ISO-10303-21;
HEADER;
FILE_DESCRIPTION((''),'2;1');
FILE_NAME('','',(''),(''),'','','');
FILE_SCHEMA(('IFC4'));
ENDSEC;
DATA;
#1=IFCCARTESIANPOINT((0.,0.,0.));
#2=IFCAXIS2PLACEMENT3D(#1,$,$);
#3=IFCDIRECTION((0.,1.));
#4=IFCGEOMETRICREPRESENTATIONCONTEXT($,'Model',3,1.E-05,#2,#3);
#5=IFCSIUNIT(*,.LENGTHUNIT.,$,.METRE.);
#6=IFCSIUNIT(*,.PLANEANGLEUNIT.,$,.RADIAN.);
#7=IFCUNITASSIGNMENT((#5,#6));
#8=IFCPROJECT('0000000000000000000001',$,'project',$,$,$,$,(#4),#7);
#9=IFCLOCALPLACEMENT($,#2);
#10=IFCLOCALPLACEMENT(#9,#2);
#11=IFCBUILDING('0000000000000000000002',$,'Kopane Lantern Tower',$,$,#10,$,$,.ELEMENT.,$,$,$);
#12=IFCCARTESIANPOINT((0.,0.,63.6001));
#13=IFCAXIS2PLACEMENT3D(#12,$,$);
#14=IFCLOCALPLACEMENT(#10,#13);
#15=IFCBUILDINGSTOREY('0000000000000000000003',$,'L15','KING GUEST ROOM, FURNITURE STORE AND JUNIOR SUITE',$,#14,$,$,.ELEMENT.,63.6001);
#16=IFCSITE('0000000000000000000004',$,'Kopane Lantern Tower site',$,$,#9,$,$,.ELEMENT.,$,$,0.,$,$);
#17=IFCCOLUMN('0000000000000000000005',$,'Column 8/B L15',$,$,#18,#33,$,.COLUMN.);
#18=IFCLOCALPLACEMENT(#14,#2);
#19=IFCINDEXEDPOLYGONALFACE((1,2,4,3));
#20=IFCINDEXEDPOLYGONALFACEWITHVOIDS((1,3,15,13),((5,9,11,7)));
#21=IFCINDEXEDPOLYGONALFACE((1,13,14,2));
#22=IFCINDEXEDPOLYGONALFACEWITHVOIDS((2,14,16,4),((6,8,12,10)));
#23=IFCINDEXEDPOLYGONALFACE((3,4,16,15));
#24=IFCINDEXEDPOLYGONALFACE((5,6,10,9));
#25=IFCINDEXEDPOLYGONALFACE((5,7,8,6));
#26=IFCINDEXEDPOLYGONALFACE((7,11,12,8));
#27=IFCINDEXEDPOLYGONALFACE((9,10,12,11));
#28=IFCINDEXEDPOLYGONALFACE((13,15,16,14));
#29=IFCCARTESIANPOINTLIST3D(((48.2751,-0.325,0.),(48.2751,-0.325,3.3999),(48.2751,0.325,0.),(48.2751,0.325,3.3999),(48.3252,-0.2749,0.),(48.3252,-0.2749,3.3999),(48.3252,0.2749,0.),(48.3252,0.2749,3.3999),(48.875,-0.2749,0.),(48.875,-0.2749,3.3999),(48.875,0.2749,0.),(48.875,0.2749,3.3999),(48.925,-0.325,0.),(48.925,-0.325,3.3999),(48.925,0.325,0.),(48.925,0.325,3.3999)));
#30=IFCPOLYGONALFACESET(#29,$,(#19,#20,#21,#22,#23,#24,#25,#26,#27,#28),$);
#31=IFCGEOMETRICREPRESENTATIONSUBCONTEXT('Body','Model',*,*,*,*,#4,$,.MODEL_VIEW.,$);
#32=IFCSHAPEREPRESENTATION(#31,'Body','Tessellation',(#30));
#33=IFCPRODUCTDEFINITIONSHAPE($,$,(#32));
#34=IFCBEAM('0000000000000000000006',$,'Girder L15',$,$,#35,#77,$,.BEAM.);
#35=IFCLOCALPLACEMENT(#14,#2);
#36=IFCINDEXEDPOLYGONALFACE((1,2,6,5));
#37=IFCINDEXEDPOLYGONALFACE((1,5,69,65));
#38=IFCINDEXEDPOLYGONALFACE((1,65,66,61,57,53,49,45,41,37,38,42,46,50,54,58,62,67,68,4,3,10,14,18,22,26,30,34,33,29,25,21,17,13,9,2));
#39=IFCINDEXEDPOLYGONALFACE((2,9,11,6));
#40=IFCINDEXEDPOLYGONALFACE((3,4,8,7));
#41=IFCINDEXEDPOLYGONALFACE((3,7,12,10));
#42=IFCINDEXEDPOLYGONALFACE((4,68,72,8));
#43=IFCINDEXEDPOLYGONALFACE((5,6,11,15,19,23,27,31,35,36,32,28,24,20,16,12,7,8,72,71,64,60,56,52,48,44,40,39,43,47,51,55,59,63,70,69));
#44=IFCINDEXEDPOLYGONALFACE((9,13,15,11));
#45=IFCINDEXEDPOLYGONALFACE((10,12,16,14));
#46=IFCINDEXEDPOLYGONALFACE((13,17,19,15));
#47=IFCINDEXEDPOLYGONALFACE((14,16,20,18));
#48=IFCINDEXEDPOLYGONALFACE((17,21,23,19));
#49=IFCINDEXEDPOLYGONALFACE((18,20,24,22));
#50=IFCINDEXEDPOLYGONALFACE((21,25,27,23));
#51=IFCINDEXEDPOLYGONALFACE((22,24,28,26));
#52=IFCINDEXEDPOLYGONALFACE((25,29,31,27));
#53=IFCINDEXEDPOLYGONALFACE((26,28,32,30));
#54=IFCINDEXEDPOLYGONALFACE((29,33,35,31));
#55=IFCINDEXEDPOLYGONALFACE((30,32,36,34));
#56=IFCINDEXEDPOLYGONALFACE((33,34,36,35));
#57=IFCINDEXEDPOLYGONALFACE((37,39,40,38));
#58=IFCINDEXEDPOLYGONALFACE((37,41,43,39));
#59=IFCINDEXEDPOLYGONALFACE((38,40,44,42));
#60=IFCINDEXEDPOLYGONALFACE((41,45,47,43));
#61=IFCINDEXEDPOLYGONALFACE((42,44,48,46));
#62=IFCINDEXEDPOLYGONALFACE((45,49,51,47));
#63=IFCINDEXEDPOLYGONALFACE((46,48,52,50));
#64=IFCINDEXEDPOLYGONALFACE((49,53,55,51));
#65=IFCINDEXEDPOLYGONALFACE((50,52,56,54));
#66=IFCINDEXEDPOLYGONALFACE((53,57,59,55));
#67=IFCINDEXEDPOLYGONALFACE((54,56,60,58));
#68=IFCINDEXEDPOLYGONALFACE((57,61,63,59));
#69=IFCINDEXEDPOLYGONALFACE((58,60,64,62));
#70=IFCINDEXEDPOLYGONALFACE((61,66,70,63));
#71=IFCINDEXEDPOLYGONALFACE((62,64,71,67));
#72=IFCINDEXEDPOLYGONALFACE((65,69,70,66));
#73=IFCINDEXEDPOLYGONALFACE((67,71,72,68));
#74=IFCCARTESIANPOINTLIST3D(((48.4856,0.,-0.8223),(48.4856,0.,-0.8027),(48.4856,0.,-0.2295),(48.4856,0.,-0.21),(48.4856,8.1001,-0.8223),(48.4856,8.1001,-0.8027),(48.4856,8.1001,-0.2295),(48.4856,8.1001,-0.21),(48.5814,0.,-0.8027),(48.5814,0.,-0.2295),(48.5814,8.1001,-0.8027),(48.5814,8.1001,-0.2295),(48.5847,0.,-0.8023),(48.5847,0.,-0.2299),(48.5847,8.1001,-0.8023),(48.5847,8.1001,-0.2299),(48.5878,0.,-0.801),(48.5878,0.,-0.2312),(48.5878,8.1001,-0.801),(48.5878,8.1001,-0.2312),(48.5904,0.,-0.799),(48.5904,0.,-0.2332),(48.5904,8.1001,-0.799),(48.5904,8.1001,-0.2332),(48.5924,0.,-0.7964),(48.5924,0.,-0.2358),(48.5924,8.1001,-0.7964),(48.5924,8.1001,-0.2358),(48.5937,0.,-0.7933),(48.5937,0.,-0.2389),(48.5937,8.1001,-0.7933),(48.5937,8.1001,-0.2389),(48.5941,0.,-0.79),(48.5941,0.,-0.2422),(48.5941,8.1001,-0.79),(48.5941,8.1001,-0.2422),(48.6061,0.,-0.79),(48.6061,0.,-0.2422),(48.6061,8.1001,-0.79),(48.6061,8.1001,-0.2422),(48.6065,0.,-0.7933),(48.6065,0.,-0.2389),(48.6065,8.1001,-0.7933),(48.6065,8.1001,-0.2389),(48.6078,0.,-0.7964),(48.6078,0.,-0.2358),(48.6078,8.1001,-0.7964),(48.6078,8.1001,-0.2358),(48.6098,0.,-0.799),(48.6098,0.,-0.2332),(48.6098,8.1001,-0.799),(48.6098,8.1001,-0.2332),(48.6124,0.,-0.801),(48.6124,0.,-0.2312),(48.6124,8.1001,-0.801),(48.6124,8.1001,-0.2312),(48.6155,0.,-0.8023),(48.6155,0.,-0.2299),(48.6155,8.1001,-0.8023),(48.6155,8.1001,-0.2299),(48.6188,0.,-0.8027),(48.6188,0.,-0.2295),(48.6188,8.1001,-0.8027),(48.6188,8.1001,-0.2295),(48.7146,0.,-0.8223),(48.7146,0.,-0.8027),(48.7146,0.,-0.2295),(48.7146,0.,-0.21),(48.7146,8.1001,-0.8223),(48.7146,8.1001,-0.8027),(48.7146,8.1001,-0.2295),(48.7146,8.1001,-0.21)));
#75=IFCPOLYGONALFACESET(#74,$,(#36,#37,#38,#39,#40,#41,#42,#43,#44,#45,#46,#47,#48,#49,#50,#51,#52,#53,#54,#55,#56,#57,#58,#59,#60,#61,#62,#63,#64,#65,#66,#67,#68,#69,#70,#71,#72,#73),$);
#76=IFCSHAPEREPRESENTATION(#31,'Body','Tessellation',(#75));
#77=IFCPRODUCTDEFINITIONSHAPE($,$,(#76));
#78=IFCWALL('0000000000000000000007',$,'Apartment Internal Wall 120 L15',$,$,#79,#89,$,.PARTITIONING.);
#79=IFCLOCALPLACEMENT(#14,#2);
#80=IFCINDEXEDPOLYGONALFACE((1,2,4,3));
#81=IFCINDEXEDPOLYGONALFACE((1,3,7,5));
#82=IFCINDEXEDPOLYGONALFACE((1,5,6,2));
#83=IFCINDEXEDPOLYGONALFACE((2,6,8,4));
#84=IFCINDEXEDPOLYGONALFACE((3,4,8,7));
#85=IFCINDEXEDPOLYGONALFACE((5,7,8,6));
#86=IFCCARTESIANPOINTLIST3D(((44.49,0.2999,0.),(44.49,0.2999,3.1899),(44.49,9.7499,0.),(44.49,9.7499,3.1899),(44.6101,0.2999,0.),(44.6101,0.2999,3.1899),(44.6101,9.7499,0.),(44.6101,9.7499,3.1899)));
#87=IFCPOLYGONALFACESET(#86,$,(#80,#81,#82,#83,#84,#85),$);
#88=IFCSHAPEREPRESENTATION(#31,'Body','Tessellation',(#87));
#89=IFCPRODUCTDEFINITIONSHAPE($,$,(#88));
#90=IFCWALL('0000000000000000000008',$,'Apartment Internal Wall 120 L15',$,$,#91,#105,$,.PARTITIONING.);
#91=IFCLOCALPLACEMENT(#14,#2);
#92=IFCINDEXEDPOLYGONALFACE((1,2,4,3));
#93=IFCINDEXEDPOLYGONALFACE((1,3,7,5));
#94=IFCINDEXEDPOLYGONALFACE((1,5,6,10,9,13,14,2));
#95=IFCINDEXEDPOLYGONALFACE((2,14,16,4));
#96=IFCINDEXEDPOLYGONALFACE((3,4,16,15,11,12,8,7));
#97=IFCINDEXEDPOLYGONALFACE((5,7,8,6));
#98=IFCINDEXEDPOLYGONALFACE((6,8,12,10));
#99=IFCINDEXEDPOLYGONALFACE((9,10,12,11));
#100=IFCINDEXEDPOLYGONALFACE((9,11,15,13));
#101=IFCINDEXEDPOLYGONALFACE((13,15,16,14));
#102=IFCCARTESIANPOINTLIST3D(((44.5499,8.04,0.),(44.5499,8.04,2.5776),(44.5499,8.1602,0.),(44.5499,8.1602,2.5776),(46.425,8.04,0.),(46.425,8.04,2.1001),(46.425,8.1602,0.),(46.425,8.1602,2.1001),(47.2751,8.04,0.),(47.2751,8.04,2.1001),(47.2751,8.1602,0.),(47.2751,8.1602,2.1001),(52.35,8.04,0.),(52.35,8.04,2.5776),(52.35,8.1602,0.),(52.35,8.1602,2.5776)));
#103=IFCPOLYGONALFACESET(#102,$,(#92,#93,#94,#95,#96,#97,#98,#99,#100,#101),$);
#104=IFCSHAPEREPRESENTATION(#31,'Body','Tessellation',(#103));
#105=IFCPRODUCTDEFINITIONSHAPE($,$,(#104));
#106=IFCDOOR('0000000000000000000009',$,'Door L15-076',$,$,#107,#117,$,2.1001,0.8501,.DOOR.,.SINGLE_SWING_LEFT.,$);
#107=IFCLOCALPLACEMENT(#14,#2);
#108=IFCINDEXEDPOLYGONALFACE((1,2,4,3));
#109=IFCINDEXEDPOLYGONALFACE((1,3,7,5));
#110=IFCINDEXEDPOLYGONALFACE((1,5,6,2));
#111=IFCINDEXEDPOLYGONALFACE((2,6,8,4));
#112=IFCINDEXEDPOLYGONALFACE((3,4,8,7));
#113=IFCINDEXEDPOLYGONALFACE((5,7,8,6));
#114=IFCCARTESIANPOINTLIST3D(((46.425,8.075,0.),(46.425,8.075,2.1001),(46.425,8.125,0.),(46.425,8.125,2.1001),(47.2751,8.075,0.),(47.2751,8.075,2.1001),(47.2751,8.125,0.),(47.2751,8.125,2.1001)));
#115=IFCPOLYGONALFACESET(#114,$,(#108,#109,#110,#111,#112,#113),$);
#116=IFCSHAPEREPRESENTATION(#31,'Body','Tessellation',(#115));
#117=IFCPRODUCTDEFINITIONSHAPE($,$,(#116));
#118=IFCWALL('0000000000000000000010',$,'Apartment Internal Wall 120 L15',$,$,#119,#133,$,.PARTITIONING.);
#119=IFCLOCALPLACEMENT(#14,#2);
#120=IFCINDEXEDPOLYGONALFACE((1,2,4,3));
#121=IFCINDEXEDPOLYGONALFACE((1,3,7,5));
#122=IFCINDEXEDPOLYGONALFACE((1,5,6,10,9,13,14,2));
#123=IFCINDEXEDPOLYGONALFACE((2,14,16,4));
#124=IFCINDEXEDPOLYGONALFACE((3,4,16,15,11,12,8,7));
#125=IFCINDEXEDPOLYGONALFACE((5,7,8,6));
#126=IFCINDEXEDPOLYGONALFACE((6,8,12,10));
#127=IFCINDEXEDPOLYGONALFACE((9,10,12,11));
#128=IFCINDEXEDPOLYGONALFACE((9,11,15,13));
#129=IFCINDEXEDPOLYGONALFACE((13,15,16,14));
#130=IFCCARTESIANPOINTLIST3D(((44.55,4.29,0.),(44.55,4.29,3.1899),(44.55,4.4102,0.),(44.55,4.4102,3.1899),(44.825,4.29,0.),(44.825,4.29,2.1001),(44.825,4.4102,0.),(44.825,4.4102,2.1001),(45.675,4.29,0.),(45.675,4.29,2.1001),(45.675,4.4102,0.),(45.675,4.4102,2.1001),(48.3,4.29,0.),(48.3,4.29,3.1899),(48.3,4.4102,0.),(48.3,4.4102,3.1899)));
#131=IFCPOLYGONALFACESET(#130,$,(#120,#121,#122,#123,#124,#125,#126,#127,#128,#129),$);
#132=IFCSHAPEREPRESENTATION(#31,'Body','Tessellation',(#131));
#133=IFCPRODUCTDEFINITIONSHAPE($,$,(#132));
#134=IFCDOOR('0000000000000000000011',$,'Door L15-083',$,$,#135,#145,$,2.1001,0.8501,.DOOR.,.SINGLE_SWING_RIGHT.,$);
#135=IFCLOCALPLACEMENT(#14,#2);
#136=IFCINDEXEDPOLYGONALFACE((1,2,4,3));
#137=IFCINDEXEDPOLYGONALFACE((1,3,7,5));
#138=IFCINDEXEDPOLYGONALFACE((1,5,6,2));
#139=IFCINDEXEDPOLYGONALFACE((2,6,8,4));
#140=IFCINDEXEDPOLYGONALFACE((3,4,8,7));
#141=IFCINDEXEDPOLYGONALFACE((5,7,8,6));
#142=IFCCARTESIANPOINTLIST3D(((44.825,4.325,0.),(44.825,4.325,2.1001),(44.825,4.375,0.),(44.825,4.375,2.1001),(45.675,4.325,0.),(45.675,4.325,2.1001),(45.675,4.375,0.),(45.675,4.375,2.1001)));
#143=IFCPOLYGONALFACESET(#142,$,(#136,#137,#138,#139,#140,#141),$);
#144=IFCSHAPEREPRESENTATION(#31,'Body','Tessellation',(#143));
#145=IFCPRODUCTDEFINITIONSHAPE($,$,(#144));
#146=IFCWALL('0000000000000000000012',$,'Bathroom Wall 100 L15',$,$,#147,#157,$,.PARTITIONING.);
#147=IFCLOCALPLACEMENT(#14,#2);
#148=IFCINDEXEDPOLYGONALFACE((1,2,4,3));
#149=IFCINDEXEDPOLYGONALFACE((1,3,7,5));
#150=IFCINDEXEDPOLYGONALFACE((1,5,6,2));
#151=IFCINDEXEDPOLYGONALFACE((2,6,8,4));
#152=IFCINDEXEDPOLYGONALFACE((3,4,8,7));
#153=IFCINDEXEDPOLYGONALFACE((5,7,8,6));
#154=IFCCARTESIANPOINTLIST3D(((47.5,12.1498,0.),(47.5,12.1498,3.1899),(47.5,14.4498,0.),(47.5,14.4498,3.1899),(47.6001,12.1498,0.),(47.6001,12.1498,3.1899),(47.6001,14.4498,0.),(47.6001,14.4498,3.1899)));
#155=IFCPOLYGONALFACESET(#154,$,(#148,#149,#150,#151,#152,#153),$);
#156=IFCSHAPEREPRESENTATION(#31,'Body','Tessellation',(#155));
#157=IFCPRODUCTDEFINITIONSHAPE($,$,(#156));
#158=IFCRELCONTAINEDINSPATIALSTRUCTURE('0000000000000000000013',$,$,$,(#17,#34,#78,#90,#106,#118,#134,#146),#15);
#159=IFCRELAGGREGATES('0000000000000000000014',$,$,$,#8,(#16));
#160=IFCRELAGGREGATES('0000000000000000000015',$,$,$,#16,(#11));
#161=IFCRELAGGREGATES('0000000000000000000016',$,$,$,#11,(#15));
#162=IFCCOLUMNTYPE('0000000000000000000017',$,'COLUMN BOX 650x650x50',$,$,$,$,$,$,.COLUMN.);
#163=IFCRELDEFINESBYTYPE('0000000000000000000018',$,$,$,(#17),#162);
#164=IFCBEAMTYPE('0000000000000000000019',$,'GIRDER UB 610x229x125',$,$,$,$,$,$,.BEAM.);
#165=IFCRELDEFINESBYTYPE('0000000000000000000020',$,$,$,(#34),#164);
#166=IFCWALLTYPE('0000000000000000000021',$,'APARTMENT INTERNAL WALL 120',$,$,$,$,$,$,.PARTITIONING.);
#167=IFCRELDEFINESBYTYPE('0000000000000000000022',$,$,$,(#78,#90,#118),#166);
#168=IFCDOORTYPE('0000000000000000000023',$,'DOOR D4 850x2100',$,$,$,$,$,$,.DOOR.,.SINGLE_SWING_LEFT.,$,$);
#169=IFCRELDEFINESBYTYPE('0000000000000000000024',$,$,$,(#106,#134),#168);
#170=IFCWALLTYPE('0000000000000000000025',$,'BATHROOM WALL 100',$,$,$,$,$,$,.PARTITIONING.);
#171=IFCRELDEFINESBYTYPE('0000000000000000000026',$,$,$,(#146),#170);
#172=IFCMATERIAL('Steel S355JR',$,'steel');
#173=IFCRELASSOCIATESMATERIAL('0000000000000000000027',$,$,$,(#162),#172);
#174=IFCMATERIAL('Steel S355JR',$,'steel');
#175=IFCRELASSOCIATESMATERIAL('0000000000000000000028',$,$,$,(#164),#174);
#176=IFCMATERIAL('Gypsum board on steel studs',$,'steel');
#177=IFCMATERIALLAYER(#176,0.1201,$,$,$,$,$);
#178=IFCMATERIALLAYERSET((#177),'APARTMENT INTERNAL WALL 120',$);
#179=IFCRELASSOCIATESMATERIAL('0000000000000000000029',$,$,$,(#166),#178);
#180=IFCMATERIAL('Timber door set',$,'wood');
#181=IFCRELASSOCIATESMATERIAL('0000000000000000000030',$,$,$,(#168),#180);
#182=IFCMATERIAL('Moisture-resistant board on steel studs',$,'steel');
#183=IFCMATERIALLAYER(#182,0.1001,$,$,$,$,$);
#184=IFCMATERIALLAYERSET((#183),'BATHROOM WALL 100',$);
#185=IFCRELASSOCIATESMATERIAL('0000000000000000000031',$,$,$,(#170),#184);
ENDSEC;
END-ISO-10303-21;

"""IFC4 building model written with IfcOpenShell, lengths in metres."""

from ifc_helpers import new_model, si_unit, direction, frame, frame_2d, origin, origin_2d, place, context, subcontext, project, spatial, rectangle, hollow_rectangle, i_section, extrude, material, layer, layer_set, material_profile, profile_set, type_object, element, fill, save


model = new_model("IFC4")

# Units and contexts
model_context = context("Model", 3, precision=1e-05, world=origin(), true_north=direction((0.0, 1.0)))
body_context = subcontext(model_context, "Body", "Model", "MODEL_VIEW")
ifc_project = project(units=[si_unit("LENGTHUNIT", "METRE"), si_unit("PLANEANGLEUNIT", "RADIAN")], contexts=[model_context])

# Site, building, storey
site_placement = place(None, origin())
site = spatial("IfcSite", under=ifc_project, at=site_placement, Name="Kopane Lantern Tower site", CompositionType="ELEMENT", RefElevation=0.0)
building_placement = place(site_placement, origin())
building = spatial("IfcBuilding", under=site, at=building_placement, Name="Kopane Lantern Tower", CompositionType="ELEMENT")
storey_placement = place(building_placement, frame((0.0, 0.0, 63.6001)))
storey = spatial("IfcBuildingStorey", under=building, at=storey_placement, Name="L15", Description="KING GUEST ROOM, FURNITURE STORE AND JUNIOR SUITE", CompositionType="ELEMENT", Elevation=63.6001)

# Column
ifc_material_1 = material(Name="Steel S355JR", Category="steel")
ifc_material_profile_1 = material_profile(ifc_material_1, hollow_rectangle(XDim=0.6499, YDim=0.6499, WallThickness=0.05, at=origin_2d()), Name="BOX 650x650x50")
ifc_profile_set_1 = profile_set([ifc_material_profile_1], Name="Steel S355JR")
column_type = type_object("IfcColumnType", Name="COLUMN BOX 650x650x50", PredefinedType="COLUMN", material=ifc_profile_set_1)
column_placement = place(storey_placement, frame((48.6001, 0.0, 0.0), z_axis=(0.0, 0.0, 1.0), x_axis=(1.0, 0.0, 0.0)))
element("IfcColumn", 1, at=column_placement, inside=storey, type_object=column_type, Name="Column 8/B L15", PredefinedType="COLUMN", context=body_context, shape_type="SweptSolid", body=[
    extrude(hollow_rectangle(XDim=0.6499, YDim=0.6499, WallThickness=0.05, at=origin_2d()), origin(), (0.0, 0.0, 1.0), 3.3999),
])

# Beam
ifc_material_2 = material(Name="Steel S355JR", Category="steel")
ifc_material_profile_2 = material_profile(ifc_material_2, i_section(OverallWidth=0.229, OverallDepth=0.6123, WebThickness=0.012, FlangeThickness=0.0195, FilletRadius=0.0127, at=origin_2d()), Name="UB 610x229x125")
ifc_profile_set_2 = profile_set([ifc_material_profile_2], Name="Steel S355JR")
beam_type = type_object("IfcBeamType", Name="GIRDER UB 610x229x125", PredefinedType="BEAM", material=ifc_profile_set_2)
beam_placement = place(storey_placement, frame((48.6001, 0.0, -0.5161), z_axis=(0.0, 1.0, 0.0), x_axis=(-1.0, 0.0, 0.0)))
element("IfcBeam", 2, at=beam_placement, inside=storey, type_object=beam_type, Name="Girder L15", PredefinedType="BEAM", context=body_context, shape_type="SweptSolid", body=[
    extrude(i_section(OverallWidth=0.229, OverallDepth=0.6123, WebThickness=0.012, FlangeThickness=0.0195, FilletRadius=0.0127, at=origin_2d()), origin(), (0.0, 0.0, 1.0), 8.1001),
])

# Wall
ifc_material_3 = material(Name="Gypsum board on steel studs", Category="steel")
ifc_layer_1 = layer(ifc_material_3, 0.1201)
ifc_layer_set_1 = layer_set([ifc_layer_1], Name="APARTMENT INTERNAL WALL 120")
wall_type_1 = type_object("IfcWallType", Name="APARTMENT INTERNAL WALL 120", PredefinedType="PARTITIONING", material=ifc_layer_set_1)
wall_1_placement = place(storey_placement, frame((44.55, 9.75, 0.0), z_axis=(0.0, 0.0, 1.0), x_axis=(0.0, -1.0, 0.0)))
element("IfcWall", 3, at=wall_1_placement, inside=storey, type_object=wall_type_1, Name="Apartment Internal Wall 120 L15", PredefinedType="PARTITIONING", context=body_context, shape_type="SweptSolid", body=[
    extrude(rectangle(XDim=9.45, YDim=0.1201, at=frame_2d((4.7251, 0.0))), origin(), (0.0, 0.0, 1.0), 3.1899),
])

# Walls, openings, doors
wall_2_placement = place(storey_placement, frame((44.55, 8.1001, 0.0), z_axis=(0.0, 0.0, 1.0), x_axis=(1.0, 0.0, 0.0)))
wall_2 = element("IfcWall", 4, at=wall_2_placement, inside=storey, type_object=wall_type_1, Name="Apartment Internal Wall 120 L15", PredefinedType="PARTITIONING", context=body_context, shape_type="SweptSolid", body=[
    extrude(rectangle(XDim=7.8, YDim=0.1201, at=frame_2d((3.8999, 0.0))), origin(), (0.0, 0.0, 1.0), 2.5776),
])
opening_1_placement = place(wall_2_placement, frame((1.875, 0.0, 0.0)))
opening_1 = element("IfcOpeningElement", 5, at=opening_1_placement, cuts=wall_2, PredefinedType="OPENING", context=body_context, shape_type="SweptSolid", body=[
    extrude(rectangle(XDim=0.8501, YDim=2.1001, at=frame_2d((0.425, 1.05))), frame((0.0, 0.0701, 0.0), z_axis=(0.0, -1.0, 0.0), x_axis=(1.0, 0.0, 0.0)), (0.0, 0.0, 1.0), 0.1401),
])
ifc_material_4 = material(Name="Timber door set", Category="wood")
door_type_1 = type_object("IfcDoorType", Name="DOOR D4 850x2100", OperationType="SINGLE_SWING_LEFT", PredefinedType="DOOR", material=ifc_material_4)
door_1_placement = place(opening_1_placement, origin())
door_1 = element("IfcDoor", 6, at=door_1_placement, inside=storey, type_object=door_type_1, Name="Door L15-076", OperationType="SINGLE_SWING_LEFT", OverallHeight=2.1001, OverallWidth=0.8501, PredefinedType="DOOR", context=body_context, shape_type="SweptSolid", body=[
    extrude(rectangle(XDim=0.8501, YDim=2.1001, at=frame_2d((0.425, 1.05))), frame((0.0, 0.0249, 0.0), z_axis=(0.0, -1.0, 0.0), x_axis=(1.0, 0.0, 0.0)), (0.0, 0.0, 1.0), 0.05),
])
fill(opening_1, door_1)
wall_3_placement = place(storey_placement, frame((44.55, 4.3501, 0.0), z_axis=(0.0, 0.0, 1.0), x_axis=(1.0, 0.0, 0.0)))
wall_3 = element("IfcWall", 7, at=wall_3_placement, inside=storey, type_object=wall_type_1, Name="Apartment Internal Wall 120 L15", PredefinedType="PARTITIONING", context=body_context, shape_type="SweptSolid", body=[
    extrude(rectangle(XDim=3.75, YDim=0.1201, at=frame_2d((1.875, 0.0))), origin(), (0.0, 0.0, 1.0), 3.1899),
])
opening_2_placement = place(wall_3_placement, frame((0.2749, 0.0, 0.0)))
opening_2 = element("IfcOpeningElement", 8, at=opening_2_placement, cuts=wall_3, PredefinedType="OPENING", context=body_context, shape_type="SweptSolid", body=[
    extrude(rectangle(XDim=0.8501, YDim=2.1001, at=frame_2d((0.425, 1.05))), frame((0.0, 0.0701, 0.0), z_axis=(0.0, -1.0, 0.0), x_axis=(1.0, 0.0, 0.0)), (0.0, 0.0, 1.0), 0.1401),
])
door_2_placement = place(opening_2_placement, origin())
door_2 = element("IfcDoor", 9, at=door_2_placement, inside=storey, type_object=door_type_1, Name="Door L15-083", OperationType="SINGLE_SWING_RIGHT", OverallHeight=2.1001, OverallWidth=0.8501, PredefinedType="DOOR", context=body_context, shape_type="SweptSolid", body=[
    extrude(rectangle(XDim=0.8501, YDim=2.1001, at=frame_2d((0.425, 1.05))), frame((0.0, 0.0249, 0.0), z_axis=(0.0, -1.0, 0.0), x_axis=(1.0, 0.0, 0.0)), (0.0, 0.0, 1.0), 0.05),
])
fill(opening_2, door_2)

# Wall
ifc_material_5 = material(Name="Moisture-resistant board on steel studs", Category="steel")
ifc_layer_2 = layer(ifc_material_5, 0.1001)
ifc_layer_set_2 = layer_set([ifc_layer_2], Name="BATHROOM WALL 100")
wall_type_2 = type_object("IfcWallType", Name="BATHROOM WALL 100", PredefinedType="PARTITIONING", material=ifc_layer_set_2)
wall_4_placement = place(storey_placement, frame((47.55, 12.1499, 0.0), z_axis=(0.0, 0.0, 1.0), x_axis=(0.0, 1.0, 0.0)))
element("IfcWall", 10, at=wall_4_placement, inside=storey, type_object=wall_type_2, Name="Bathroom Wall 100 L15", PredefinedType="PARTITIONING", context=body_context, shape_type="SweptSolid", body=[
    extrude(rectangle(XDim=2.3, YDim=0.1001, at=frame_2d((1.1499, 0.0))), origin(), (0.0, 0.0, 1.0), 3.1899),
])

save(model, "model.ifc")
